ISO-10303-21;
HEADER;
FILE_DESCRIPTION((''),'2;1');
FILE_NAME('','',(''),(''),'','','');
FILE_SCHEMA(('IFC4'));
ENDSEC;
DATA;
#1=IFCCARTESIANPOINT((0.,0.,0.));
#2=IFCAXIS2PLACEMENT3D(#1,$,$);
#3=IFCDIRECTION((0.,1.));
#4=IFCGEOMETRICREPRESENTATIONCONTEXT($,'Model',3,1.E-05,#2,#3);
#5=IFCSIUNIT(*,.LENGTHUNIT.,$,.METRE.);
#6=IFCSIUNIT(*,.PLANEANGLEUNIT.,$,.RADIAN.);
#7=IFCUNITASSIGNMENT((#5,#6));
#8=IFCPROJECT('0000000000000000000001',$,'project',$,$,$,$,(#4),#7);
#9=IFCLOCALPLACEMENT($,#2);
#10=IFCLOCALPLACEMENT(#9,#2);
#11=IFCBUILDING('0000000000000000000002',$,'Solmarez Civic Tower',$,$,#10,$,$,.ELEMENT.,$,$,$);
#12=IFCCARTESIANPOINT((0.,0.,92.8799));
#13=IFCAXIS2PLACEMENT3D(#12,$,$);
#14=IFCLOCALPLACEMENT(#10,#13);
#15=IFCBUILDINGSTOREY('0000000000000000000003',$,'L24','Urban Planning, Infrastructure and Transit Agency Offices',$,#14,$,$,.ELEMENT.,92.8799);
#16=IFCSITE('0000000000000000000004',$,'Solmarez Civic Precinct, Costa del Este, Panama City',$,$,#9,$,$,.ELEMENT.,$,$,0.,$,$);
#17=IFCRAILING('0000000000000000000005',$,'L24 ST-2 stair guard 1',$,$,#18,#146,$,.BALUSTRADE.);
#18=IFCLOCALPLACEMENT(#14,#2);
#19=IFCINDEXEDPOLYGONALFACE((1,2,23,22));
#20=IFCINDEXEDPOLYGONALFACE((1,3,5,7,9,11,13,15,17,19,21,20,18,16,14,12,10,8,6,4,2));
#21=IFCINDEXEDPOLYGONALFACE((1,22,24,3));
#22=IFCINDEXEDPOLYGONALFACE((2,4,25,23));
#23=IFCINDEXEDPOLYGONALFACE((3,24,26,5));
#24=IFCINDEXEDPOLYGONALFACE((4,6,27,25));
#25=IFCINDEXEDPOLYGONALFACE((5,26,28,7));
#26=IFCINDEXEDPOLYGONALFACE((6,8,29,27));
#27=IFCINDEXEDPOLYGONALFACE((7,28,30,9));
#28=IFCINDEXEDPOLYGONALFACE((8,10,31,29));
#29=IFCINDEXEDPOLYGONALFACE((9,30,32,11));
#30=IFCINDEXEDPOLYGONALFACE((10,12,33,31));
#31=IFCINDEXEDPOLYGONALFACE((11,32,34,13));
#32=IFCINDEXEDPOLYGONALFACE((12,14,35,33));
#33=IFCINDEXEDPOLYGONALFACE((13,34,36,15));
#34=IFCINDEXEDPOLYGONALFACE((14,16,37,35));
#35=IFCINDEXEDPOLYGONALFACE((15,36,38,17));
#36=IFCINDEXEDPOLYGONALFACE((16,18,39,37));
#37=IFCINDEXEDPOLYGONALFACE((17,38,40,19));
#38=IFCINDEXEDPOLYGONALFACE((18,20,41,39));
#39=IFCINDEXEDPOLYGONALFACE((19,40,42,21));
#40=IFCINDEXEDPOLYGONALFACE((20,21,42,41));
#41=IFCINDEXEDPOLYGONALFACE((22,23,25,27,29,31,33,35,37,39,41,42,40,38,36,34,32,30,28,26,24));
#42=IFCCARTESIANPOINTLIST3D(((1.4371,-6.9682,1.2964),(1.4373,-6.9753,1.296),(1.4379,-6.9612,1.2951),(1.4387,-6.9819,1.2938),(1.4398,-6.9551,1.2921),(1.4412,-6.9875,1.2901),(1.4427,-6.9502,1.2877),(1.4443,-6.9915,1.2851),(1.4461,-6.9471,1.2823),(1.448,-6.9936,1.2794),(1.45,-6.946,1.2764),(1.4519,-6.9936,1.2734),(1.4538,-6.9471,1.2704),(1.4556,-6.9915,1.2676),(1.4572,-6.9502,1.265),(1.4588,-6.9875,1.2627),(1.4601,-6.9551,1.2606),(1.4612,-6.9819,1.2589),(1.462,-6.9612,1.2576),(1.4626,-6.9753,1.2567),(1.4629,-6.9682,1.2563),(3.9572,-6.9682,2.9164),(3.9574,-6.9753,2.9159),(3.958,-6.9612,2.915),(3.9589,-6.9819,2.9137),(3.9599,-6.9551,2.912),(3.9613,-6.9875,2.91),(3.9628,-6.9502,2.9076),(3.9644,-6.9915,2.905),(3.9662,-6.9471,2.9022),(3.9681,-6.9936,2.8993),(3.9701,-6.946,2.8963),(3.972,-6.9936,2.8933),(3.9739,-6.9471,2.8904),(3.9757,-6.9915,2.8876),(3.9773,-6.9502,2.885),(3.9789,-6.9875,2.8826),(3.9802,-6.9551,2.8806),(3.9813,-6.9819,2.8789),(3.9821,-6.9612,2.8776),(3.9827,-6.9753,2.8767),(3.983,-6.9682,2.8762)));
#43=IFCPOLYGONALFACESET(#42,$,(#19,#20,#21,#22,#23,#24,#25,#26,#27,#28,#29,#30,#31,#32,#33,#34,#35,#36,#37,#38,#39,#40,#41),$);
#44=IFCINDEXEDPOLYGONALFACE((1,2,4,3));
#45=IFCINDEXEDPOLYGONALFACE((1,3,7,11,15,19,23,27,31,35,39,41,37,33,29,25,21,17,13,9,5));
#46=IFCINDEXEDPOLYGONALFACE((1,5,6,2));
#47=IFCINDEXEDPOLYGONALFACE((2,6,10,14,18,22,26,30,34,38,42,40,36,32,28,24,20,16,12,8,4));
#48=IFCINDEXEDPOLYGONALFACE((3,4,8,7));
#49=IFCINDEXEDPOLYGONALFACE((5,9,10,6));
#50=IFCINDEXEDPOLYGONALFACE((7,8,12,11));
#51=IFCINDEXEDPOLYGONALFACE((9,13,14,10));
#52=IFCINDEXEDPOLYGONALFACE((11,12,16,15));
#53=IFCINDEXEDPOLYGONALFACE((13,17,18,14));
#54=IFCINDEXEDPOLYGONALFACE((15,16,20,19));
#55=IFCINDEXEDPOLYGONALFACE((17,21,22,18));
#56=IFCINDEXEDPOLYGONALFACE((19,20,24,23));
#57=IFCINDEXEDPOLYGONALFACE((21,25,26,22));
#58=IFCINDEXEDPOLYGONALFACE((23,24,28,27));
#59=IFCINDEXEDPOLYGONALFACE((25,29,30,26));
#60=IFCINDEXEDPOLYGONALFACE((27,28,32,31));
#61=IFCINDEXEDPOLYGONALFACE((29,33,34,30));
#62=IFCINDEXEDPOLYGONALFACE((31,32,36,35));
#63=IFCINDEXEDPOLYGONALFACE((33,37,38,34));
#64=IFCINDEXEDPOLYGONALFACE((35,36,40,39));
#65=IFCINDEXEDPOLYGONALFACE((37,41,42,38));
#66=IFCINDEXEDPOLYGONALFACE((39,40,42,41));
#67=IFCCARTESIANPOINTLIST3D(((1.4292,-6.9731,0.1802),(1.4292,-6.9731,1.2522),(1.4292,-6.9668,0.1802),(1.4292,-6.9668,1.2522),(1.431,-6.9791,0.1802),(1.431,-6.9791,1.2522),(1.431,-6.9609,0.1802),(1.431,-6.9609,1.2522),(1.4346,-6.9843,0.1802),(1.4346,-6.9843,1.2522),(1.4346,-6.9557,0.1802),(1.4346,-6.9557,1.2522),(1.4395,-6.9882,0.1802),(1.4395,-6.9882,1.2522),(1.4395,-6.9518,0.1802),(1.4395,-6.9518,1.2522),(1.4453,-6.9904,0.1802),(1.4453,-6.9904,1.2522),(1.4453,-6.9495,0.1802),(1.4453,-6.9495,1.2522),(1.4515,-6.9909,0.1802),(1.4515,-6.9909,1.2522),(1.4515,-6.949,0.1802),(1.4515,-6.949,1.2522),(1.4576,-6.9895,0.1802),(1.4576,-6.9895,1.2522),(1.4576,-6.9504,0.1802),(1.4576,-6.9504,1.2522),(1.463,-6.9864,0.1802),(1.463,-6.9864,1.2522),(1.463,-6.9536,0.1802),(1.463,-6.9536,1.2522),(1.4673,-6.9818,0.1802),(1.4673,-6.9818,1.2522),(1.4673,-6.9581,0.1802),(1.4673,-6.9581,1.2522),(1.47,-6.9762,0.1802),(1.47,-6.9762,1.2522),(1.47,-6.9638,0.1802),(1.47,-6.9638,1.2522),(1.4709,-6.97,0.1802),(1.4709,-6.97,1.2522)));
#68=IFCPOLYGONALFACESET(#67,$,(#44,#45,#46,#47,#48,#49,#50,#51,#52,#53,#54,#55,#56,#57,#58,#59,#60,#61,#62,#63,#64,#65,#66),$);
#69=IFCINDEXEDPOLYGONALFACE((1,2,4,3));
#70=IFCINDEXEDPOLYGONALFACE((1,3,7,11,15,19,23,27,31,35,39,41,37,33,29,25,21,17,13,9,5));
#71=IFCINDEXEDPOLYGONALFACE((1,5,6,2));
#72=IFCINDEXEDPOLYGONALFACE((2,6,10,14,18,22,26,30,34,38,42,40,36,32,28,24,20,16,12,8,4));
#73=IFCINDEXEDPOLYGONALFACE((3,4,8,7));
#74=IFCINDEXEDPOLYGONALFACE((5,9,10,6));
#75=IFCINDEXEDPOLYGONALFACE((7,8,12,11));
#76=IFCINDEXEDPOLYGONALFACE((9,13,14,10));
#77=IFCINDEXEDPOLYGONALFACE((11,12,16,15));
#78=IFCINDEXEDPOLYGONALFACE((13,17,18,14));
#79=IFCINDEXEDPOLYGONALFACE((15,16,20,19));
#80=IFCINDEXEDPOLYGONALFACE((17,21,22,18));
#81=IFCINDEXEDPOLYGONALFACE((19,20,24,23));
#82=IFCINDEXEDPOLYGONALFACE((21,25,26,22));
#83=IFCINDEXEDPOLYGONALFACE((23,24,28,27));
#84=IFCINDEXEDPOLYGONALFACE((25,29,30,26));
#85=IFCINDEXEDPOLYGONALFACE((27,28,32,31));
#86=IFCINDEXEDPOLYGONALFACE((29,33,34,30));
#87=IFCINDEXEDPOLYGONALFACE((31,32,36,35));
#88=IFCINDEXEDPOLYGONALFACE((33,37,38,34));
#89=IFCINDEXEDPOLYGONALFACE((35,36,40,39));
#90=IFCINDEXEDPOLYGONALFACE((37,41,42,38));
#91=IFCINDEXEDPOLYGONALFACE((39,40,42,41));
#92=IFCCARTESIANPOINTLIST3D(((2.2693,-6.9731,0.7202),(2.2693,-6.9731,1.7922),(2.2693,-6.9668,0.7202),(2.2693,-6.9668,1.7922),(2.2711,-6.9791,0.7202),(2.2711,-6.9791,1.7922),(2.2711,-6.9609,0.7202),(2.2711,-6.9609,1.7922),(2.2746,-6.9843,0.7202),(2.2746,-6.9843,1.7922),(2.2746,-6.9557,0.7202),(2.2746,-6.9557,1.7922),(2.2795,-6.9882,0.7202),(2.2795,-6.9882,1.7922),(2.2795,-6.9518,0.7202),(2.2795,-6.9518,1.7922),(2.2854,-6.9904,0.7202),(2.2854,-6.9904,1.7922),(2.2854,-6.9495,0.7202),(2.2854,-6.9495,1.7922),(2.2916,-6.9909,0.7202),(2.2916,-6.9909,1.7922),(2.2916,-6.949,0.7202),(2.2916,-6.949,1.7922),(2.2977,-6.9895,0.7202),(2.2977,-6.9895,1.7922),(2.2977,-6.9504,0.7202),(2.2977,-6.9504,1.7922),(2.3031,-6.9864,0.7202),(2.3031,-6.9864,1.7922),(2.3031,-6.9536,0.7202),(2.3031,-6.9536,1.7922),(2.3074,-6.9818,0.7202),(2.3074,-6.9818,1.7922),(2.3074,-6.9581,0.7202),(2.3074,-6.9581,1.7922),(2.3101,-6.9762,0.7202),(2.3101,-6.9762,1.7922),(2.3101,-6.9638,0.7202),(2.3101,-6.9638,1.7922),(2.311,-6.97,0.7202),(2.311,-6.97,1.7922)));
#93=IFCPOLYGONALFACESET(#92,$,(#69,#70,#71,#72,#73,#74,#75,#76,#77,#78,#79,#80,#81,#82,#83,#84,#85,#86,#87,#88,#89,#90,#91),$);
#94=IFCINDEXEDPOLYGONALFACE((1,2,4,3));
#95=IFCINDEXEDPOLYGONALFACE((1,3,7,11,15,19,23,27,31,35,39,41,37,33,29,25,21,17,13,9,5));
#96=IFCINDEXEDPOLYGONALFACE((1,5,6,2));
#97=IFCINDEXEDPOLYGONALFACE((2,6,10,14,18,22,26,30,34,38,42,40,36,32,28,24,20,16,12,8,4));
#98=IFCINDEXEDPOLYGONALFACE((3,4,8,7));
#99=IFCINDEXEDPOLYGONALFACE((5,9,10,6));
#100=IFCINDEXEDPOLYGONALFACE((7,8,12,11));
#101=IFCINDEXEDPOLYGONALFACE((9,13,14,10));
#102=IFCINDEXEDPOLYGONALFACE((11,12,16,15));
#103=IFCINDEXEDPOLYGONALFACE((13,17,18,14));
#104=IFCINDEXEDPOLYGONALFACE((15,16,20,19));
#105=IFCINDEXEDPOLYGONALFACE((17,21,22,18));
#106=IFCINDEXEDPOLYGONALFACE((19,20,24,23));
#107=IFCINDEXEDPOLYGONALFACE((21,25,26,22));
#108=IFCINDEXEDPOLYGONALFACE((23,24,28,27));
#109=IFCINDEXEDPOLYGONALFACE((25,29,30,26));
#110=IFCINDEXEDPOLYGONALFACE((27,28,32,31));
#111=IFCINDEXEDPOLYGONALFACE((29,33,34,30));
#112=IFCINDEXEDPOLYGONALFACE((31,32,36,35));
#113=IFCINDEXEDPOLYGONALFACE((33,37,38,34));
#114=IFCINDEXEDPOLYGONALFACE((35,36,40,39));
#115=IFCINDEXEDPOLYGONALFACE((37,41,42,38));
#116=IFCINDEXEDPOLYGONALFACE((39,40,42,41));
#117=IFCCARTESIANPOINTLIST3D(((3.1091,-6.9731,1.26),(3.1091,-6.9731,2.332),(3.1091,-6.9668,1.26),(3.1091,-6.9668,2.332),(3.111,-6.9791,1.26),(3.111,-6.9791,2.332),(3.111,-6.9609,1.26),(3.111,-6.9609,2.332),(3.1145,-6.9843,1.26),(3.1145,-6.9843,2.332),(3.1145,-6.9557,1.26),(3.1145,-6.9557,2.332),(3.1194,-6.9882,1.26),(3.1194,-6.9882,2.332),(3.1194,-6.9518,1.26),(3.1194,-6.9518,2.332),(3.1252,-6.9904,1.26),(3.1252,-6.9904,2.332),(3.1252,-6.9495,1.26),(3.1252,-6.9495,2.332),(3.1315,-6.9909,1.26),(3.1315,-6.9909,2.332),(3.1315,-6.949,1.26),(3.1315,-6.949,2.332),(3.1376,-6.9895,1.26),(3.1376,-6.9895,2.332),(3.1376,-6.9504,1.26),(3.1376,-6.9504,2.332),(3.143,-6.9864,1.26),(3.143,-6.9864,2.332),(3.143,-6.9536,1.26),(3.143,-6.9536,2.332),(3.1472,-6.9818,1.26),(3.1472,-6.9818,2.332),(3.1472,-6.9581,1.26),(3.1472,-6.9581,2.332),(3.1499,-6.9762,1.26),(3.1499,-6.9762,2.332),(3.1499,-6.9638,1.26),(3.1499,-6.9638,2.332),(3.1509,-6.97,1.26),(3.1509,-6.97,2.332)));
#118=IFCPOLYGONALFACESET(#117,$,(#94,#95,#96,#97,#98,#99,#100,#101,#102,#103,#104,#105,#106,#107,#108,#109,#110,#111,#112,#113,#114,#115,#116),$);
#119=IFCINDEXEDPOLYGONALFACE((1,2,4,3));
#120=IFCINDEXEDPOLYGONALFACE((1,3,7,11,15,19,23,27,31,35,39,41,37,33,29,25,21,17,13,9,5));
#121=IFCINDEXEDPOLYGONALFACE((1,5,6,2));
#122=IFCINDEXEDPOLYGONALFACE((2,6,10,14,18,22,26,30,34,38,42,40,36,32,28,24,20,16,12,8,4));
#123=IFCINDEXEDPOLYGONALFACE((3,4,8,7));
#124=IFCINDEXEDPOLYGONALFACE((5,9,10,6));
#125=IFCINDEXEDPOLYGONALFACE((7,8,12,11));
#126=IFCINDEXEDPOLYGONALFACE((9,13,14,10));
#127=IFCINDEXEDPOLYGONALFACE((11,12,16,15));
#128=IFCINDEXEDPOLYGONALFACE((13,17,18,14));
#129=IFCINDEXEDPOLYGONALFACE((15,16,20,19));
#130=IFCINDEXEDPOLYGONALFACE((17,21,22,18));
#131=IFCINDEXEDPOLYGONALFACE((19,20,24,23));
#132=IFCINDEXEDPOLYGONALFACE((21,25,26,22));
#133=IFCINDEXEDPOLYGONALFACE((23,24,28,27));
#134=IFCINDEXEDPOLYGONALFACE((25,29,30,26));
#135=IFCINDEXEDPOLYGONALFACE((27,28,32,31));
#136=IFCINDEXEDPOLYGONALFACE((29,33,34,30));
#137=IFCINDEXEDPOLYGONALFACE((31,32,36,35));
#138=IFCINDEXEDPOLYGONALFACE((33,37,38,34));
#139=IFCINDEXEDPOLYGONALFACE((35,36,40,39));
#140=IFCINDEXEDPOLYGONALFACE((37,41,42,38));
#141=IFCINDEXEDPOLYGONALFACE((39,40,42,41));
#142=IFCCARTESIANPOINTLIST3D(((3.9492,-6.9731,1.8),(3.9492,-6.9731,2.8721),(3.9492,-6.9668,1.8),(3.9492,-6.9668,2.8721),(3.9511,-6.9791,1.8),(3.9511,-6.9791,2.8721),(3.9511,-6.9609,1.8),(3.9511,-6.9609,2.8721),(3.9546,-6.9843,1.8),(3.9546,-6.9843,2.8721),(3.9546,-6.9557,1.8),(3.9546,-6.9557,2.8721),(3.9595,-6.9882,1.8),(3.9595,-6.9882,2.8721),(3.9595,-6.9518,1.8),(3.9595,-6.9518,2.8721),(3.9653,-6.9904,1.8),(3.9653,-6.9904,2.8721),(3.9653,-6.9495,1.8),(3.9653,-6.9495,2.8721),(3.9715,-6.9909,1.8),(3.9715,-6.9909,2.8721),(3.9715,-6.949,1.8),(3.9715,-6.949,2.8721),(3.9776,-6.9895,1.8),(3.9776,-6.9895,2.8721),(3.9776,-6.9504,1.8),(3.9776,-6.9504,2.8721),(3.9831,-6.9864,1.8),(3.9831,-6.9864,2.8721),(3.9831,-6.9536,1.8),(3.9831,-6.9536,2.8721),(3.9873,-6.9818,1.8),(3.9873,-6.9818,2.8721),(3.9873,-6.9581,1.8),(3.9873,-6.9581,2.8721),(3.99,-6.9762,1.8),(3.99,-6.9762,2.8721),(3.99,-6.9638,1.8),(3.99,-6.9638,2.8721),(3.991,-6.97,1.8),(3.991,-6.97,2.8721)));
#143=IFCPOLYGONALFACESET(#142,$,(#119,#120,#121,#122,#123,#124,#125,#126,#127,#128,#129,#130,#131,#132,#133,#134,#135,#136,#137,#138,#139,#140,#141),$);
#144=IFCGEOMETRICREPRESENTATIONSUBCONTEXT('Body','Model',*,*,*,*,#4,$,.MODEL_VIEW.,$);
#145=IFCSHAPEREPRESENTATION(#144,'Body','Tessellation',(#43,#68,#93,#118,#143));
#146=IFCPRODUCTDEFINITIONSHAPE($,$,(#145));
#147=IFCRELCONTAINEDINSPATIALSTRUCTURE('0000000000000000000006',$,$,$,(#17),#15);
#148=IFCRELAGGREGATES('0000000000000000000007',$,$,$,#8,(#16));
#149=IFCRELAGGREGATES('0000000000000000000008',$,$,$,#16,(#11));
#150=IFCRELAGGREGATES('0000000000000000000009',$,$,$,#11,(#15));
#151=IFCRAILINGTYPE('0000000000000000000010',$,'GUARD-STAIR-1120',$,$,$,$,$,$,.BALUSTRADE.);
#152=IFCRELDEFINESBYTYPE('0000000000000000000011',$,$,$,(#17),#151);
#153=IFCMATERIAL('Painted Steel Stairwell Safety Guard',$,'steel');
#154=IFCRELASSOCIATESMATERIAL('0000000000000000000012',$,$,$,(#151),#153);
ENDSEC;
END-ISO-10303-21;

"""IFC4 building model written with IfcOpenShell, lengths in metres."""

from ifc_helpers import new_model, si_unit, direction, frame, origin, origin_2d, place, context, subcontext, project, spatial, circle, extrude, material, type_object, element, save


model = new_model("IFC4")

# Units and contexts
model_context = context("Model", 3, precision=1e-05, world=origin(), true_north=direction((0.0, 1.0)))
body_context = subcontext(model_context, "Body", "Model", "MODEL_VIEW")
ifc_project = project(units=[si_unit("LENGTHUNIT", "METRE"), si_unit("PLANEANGLEUNIT", "RADIAN")], contexts=[model_context])

# Site, building, storey
site_placement = place(None, origin())
site = spatial("IfcSite", under=ifc_project, at=site_placement, Name="Solmarez Civic Precinct, Costa del Este, Panama City", CompositionType="ELEMENT", RefElevation=0.0)
building_placement = place(site_placement, origin())
building = spatial("IfcBuilding", under=site, at=building_placement, Name="Solmarez Civic Tower", CompositionType="ELEMENT")
storey_placement = place(building_placement, frame((0.0, 0.0, 92.8799)))
storey = spatial("IfcBuildingStorey", under=building, at=storey_placement, Name="L24", Description="Urban Planning, Infrastructure and Transit Agency Offices", CompositionType="ELEMENT", Elevation=92.8799)

# Railing
ifc_material_1 = material(Name="Painted Steel Stairwell Safety Guard", Category="steel")
railing_type_1 = type_object("IfcRailingType", Name="GUARD-STAIR-1120", PredefinedType="BALUSTRADE", material=ifc_material_1)
railing_1_placement = place(storey_placement, frame((1.45, -6.97, 0.1802)))
element("IfcRailing", 1, at=railing_1_placement, inside=storey, type_object=railing_type_1, Name="L24 ST-2 stair guard 1", PredefinedType="BALUSTRADE", context=body_context, shape_type="SweptSolid", body=[
    extrude(circle(Radius=0.0239, at=origin_2d()), frame((0.0, 0.0, 1.0962), z_axis=(0.8412, 0.0, 0.540725), x_axis=(0.0, 1.0, 0.0)), (0.0, 0.0, 1.0), 2.9958),
    extrude(circle(Radius=0.021, at=origin_2d()), origin(), (0.0, 0.0, 1.0), 1.072),
    extrude(circle(Radius=0.021, at=origin_2d()), frame((0.8401, 0.0, 0.54)), (0.0, 0.0, 1.0), 1.072),
    extrude(circle(Radius=0.021, at=origin_2d()), frame((1.6799, 0.0, 1.0798)), (0.0, 0.0, 1.0), 1.072),
    extrude(circle(Radius=0.021, at=origin_2d()), frame((2.52, 0.0, 1.6199)), (0.0, 0.0, 1.0), 1.072),
])

save(model, "model.ifc")
